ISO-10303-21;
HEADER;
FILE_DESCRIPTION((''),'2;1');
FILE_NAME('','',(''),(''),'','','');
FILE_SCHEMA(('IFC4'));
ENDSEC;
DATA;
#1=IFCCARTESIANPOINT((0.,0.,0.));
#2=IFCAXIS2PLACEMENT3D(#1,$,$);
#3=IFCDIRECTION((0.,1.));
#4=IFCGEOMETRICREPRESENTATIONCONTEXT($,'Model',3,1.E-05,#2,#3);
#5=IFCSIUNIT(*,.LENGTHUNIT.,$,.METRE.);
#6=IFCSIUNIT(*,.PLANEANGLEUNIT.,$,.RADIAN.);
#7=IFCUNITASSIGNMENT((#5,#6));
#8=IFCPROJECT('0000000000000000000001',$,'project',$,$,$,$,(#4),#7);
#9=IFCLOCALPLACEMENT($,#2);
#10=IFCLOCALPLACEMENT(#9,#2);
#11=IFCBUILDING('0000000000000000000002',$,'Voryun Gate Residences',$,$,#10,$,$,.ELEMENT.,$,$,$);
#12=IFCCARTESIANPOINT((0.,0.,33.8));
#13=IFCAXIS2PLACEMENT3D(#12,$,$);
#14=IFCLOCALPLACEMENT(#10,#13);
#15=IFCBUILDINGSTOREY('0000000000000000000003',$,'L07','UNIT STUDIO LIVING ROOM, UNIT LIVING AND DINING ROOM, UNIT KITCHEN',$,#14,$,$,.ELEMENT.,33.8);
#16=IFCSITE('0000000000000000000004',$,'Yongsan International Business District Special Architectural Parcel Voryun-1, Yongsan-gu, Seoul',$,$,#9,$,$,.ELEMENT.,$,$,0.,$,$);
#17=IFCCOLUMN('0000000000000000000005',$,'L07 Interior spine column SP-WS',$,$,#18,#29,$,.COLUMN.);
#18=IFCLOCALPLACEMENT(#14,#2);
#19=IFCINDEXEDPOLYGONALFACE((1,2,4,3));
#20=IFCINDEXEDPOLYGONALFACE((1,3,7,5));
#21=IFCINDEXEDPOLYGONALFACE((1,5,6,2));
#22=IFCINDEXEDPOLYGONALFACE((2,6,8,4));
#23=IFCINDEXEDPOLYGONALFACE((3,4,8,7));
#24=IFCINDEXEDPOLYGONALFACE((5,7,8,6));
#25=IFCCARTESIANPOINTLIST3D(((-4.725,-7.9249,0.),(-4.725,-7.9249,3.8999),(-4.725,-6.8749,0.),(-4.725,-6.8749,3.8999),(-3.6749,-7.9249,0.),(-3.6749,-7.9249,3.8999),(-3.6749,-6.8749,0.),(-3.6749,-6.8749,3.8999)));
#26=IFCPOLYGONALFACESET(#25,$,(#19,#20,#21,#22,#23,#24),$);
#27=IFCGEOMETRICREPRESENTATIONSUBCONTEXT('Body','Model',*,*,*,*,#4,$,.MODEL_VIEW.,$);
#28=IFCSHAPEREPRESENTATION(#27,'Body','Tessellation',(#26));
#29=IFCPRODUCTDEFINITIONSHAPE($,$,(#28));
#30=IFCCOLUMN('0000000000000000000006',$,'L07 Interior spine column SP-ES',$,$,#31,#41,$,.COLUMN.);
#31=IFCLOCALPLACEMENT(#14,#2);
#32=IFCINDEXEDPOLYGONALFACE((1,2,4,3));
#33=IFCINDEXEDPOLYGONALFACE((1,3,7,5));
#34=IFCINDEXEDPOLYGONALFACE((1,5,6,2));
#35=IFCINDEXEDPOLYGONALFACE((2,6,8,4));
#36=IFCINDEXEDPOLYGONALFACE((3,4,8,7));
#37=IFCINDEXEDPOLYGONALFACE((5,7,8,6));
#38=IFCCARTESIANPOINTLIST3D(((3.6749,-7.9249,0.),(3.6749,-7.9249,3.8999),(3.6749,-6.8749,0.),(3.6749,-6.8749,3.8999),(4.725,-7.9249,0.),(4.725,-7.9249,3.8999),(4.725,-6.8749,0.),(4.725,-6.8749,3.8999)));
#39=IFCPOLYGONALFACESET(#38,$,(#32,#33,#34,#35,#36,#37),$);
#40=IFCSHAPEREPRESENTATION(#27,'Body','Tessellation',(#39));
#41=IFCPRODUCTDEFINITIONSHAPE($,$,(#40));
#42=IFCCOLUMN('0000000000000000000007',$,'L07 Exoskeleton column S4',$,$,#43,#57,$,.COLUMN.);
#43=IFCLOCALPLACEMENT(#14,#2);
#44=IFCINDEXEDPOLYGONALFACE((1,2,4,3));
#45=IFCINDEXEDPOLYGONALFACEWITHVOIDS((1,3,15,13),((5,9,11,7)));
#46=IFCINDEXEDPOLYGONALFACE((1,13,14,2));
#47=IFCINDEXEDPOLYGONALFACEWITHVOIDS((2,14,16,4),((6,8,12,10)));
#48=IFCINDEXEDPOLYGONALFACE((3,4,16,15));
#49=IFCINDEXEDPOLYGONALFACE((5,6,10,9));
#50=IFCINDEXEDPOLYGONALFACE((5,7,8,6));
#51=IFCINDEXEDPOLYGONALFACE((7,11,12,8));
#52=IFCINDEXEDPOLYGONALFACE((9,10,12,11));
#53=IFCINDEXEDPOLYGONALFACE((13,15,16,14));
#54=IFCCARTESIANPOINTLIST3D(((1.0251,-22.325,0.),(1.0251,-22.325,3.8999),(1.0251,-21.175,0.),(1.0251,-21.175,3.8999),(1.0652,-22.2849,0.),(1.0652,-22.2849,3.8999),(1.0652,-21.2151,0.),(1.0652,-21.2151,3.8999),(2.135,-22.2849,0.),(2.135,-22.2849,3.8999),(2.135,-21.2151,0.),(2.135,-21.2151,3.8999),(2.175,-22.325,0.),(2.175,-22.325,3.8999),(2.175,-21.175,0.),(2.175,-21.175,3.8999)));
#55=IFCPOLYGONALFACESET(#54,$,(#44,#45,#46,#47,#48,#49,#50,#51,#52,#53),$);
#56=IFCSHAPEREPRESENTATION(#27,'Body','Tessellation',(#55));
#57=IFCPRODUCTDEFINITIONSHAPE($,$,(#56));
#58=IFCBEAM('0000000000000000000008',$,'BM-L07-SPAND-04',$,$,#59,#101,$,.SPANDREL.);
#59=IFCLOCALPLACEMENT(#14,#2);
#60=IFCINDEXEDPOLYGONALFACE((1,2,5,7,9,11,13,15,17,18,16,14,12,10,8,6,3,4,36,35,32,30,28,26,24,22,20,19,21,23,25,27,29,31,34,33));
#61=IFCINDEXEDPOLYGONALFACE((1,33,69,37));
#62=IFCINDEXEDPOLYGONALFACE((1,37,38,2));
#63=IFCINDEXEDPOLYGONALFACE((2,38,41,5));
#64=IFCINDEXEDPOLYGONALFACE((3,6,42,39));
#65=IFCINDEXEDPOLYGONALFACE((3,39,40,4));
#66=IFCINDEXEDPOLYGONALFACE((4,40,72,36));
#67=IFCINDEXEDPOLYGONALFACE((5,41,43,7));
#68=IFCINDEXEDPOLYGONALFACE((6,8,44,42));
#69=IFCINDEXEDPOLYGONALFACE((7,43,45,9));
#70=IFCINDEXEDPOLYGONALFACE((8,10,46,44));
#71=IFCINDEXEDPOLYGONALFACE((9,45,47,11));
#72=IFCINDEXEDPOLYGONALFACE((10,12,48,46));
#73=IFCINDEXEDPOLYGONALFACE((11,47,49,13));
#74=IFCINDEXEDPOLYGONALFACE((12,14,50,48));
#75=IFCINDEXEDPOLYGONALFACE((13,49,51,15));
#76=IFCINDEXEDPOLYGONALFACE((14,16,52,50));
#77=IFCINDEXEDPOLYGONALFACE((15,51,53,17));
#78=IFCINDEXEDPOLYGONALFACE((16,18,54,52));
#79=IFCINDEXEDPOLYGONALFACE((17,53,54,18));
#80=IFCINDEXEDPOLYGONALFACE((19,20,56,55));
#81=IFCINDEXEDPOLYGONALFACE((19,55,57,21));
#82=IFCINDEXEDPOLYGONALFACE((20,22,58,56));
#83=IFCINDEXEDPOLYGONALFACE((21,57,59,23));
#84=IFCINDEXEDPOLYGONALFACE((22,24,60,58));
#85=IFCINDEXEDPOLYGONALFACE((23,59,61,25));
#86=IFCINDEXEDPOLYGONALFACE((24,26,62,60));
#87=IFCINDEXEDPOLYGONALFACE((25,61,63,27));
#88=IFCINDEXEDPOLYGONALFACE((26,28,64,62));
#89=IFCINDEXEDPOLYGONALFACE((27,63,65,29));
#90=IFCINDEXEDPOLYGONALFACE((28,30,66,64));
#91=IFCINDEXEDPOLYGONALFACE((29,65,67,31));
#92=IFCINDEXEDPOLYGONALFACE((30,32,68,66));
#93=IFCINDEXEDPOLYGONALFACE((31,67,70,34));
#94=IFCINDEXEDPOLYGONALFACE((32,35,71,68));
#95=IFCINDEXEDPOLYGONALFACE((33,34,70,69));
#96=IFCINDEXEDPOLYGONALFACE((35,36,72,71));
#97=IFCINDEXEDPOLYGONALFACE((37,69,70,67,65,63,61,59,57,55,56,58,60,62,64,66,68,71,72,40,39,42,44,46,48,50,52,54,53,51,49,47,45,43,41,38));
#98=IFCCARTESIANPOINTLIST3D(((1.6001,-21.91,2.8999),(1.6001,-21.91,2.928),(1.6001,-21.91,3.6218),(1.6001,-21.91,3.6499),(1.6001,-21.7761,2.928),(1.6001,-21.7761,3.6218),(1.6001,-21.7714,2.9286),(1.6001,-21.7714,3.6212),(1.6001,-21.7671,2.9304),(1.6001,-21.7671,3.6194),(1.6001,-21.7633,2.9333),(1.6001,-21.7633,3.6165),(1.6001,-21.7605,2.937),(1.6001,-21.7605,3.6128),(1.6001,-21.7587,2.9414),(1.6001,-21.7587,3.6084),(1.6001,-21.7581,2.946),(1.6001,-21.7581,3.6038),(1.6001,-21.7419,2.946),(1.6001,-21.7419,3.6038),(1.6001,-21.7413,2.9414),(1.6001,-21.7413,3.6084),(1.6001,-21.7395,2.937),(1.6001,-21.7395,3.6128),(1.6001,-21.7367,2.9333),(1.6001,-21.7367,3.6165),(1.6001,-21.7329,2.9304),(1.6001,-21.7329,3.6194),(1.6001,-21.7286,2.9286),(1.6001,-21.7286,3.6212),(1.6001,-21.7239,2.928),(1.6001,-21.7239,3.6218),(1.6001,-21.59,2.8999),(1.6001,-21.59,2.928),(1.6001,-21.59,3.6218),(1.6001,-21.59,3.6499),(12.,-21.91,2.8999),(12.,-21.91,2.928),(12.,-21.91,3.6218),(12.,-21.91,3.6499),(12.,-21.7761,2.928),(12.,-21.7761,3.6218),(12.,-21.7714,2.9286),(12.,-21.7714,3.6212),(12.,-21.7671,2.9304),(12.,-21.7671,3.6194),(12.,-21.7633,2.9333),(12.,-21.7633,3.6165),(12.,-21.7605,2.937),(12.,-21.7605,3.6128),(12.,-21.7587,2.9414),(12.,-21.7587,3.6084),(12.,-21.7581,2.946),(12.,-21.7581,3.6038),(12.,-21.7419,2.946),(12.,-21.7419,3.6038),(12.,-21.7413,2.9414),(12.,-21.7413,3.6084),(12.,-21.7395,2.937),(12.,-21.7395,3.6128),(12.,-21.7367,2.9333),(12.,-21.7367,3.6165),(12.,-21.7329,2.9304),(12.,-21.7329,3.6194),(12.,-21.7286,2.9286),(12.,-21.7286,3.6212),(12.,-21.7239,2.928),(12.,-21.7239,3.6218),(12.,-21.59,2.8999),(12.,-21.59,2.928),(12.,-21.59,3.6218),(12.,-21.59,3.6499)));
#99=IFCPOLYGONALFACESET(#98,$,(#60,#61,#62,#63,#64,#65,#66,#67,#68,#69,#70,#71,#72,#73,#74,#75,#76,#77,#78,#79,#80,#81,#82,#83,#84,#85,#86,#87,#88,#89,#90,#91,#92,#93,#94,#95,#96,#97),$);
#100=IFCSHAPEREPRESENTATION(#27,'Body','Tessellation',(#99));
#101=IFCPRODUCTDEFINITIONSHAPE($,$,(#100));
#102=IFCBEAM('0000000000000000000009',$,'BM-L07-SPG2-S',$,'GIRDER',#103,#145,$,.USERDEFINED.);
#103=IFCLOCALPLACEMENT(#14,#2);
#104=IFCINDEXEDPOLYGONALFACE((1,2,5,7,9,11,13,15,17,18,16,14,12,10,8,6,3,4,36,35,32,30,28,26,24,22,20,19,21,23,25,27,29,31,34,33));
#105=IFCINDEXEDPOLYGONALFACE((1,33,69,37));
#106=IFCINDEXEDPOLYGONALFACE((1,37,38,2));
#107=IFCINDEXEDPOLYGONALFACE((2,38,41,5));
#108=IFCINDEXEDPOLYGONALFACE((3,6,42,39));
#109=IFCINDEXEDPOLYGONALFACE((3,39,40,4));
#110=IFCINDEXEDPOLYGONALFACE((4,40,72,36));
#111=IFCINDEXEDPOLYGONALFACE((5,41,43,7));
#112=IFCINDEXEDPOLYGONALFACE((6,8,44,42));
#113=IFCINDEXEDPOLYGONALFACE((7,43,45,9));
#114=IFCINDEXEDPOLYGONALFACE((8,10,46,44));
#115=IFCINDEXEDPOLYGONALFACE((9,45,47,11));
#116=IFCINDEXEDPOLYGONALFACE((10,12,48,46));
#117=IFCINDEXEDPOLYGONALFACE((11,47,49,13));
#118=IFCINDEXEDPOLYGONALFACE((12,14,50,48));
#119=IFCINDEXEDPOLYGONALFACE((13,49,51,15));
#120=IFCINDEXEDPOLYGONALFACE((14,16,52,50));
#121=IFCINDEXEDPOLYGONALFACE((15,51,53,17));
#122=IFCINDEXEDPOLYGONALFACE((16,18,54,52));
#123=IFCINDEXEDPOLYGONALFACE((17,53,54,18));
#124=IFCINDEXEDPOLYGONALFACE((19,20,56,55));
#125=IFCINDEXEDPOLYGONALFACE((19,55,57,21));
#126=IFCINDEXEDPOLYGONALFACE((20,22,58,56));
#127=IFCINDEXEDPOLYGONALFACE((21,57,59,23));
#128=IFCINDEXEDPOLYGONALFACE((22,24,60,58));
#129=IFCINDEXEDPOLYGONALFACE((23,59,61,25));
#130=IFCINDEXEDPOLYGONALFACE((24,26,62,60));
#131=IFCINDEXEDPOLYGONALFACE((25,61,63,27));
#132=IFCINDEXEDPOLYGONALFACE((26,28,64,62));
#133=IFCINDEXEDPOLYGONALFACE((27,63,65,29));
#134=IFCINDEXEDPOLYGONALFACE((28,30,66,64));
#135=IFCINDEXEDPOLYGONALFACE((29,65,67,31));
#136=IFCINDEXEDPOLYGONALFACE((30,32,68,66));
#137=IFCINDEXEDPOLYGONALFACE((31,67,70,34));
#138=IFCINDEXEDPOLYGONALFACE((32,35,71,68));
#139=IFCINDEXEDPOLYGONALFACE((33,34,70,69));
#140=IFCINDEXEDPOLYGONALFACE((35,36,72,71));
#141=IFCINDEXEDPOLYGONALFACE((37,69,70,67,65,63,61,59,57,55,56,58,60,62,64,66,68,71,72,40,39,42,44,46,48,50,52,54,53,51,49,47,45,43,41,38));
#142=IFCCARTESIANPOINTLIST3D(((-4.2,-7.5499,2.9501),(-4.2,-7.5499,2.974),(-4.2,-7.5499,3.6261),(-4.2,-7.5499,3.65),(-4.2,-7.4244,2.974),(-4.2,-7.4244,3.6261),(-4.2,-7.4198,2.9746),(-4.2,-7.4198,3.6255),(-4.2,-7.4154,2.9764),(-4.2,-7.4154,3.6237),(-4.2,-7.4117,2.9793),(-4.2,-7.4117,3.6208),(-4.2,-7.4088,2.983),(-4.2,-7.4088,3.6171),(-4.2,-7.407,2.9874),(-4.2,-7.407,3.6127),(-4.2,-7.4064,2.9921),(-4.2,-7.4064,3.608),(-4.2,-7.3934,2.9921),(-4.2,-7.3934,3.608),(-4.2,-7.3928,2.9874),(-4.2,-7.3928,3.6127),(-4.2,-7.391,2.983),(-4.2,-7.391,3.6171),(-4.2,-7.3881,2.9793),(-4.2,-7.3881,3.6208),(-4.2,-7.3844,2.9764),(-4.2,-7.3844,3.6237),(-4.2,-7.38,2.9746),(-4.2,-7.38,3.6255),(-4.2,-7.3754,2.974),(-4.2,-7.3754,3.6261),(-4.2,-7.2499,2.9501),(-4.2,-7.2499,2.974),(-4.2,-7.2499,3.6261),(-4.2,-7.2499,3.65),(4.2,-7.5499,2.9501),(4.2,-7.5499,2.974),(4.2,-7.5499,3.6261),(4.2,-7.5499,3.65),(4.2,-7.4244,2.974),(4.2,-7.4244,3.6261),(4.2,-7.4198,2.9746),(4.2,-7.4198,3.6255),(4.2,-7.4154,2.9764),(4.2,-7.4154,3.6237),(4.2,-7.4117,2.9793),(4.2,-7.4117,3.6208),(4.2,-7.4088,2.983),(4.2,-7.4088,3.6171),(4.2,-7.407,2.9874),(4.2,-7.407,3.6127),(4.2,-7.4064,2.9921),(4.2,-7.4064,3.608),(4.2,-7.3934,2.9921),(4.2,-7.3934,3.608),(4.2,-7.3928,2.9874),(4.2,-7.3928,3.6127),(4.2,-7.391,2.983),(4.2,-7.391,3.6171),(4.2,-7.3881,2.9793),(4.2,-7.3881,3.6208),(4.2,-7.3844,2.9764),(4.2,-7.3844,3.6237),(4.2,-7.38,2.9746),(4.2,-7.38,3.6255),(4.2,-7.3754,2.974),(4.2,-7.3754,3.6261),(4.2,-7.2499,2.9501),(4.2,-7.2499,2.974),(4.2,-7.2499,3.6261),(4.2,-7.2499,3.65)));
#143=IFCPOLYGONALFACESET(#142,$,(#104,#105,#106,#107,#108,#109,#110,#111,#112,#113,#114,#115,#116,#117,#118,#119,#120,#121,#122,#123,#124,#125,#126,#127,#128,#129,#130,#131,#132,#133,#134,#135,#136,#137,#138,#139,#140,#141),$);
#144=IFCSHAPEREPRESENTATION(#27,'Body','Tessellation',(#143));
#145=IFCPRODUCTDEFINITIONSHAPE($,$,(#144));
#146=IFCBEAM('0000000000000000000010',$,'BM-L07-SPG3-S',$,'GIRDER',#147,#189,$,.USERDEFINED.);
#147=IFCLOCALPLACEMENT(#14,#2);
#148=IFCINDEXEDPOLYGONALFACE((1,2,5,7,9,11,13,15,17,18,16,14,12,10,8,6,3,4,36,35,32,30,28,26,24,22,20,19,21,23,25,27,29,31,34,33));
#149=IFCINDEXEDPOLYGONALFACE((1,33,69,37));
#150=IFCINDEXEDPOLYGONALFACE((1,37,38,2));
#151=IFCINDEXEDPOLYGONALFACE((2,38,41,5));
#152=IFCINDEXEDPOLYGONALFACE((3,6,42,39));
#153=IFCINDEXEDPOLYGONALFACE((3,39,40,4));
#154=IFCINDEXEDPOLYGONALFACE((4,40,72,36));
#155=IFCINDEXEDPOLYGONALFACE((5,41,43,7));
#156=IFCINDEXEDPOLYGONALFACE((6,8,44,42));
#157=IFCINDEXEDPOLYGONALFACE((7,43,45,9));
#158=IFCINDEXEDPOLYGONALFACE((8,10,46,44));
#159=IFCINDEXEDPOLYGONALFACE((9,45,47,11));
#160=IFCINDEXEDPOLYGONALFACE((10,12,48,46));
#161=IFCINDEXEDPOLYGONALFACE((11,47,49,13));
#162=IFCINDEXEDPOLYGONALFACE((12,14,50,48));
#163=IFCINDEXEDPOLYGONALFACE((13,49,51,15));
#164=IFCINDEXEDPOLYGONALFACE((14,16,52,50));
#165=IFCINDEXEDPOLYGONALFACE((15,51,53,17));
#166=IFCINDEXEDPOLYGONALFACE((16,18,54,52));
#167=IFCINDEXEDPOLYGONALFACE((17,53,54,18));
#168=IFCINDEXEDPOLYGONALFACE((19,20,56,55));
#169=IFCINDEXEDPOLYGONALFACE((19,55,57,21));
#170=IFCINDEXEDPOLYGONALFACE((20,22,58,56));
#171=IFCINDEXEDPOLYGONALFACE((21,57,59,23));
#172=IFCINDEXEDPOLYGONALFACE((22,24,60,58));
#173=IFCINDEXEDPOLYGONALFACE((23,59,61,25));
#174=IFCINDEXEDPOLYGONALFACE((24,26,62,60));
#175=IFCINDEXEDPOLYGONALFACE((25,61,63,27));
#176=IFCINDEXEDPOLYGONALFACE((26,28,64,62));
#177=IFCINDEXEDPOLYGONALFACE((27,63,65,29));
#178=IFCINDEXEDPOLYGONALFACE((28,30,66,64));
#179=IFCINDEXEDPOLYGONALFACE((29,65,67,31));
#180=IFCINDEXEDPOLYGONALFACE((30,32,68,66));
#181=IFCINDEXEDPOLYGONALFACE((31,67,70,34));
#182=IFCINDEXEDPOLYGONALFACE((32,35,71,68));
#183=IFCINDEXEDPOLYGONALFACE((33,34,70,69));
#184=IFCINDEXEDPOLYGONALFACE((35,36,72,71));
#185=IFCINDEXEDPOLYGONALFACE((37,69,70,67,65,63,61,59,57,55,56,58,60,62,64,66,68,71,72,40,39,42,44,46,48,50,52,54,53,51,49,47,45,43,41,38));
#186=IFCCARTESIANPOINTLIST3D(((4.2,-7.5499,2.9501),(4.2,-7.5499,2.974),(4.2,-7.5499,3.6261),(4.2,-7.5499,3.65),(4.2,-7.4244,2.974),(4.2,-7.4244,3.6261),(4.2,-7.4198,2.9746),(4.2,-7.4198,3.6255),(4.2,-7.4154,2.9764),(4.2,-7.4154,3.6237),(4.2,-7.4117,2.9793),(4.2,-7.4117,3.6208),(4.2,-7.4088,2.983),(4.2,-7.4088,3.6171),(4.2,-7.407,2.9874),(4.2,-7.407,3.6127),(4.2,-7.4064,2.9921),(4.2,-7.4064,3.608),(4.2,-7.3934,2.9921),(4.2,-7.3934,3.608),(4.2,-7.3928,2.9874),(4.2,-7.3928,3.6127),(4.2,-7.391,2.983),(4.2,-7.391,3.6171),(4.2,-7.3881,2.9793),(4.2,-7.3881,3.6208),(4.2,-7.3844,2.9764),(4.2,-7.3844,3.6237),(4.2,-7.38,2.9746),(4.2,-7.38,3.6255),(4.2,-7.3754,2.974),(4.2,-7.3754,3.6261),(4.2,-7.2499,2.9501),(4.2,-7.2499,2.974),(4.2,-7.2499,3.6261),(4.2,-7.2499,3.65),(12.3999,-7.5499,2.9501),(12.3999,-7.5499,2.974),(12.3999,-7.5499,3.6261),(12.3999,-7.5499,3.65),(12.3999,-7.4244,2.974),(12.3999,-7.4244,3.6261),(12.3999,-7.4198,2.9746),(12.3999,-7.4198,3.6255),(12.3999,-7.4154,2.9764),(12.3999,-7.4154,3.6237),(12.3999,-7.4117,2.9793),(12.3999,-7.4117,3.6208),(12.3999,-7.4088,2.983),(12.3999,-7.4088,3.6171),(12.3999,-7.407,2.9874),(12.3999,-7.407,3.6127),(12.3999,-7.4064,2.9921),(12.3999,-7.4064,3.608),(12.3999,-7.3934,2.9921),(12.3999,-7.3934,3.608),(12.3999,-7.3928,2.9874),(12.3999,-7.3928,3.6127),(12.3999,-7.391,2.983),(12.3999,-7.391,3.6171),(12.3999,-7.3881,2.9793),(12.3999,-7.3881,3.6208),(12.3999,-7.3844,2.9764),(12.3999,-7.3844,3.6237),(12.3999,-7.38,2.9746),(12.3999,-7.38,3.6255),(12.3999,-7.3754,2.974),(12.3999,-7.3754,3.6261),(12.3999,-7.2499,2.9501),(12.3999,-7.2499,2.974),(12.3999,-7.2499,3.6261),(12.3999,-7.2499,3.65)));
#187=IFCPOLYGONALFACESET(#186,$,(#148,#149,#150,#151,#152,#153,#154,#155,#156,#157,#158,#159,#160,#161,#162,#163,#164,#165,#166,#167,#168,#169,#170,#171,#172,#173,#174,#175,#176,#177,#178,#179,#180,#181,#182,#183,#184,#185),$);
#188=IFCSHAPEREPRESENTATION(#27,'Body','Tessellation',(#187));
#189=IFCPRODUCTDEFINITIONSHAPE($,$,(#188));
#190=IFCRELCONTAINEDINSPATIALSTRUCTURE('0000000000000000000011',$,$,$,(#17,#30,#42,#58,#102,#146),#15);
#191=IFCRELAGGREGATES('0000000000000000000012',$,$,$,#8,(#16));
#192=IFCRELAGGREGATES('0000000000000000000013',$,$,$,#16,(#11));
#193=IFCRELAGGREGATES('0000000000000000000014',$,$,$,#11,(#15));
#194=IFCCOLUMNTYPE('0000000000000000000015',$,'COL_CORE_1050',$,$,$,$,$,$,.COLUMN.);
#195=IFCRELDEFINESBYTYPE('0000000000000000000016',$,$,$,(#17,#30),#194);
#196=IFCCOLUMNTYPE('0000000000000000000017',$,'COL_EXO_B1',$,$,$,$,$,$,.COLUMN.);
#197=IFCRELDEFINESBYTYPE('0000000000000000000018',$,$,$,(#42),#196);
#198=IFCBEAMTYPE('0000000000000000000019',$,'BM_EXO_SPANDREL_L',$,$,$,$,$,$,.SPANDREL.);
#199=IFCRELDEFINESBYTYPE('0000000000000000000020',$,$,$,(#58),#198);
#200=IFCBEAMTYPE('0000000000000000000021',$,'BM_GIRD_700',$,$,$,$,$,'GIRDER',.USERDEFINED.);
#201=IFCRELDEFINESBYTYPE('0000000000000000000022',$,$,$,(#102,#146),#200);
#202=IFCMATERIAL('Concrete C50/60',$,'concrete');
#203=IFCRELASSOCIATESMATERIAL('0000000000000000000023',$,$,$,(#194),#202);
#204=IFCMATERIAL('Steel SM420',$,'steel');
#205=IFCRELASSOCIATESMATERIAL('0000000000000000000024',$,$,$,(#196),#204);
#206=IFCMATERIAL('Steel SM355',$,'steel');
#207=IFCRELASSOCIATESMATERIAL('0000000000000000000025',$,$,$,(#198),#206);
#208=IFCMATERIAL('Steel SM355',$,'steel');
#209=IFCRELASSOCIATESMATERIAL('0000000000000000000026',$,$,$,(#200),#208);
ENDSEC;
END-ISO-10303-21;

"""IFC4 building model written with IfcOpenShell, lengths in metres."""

from ifc_helpers import new_model, si_unit, direction, frame, origin, origin_2d, place, context, subcontext, project, spatial, rectangle, hollow_rectangle, i_section, extrude, material, material_profile, profile_set, type_object, element, save


model = new_model("IFC4")

# Units and contexts
model_context = context("Model", 3, precision=1e-05, world=origin(), true_north=direction((0.0, 1.0)))
body_context = subcontext(model_context, "Body", "Model", "MODEL_VIEW")
ifc_project = project(units=[si_unit("LENGTHUNIT", "METRE"), si_unit("PLANEANGLEUNIT", "RADIAN")], contexts=[model_context])

# Site, building, storey
site_placement = place(None, origin())
site = spatial("IfcSite", under=ifc_project, at=site_placement, Name="Yongsan International Business District Special Architectural Parcel Voryun-1, Yongsan-gu, Seoul", CompositionType="ELEMENT", RefElevation=0.0)
building_placement = place(site_placement, origin())
building = spatial("IfcBuilding", under=site, at=building_placement, Name="Voryun Gate Residences", CompositionType="ELEMENT")
storey_placement = place(building_placement, frame((0.0, 0.0, 33.8)))
storey = spatial("IfcBuildingStorey", under=building, at=storey_placement, Name="L07", Description="UNIT STUDIO LIVING ROOM, UNIT LIVING AND DINING ROOM, UNIT KITCHEN", CompositionType="ELEMENT", Elevation=33.8)

# Columns
ifc_material_1 = material(Name="Concrete C50/60", Category="concrete")
ifc_material_profile_1 = material_profile(ifc_material_1, rectangle(XDim=1.05, YDim=1.05, at=origin_2d()), Name="RC-1050x1050")
ifc_profile_set_1 = profile_set([ifc_material_profile_1], Name="Concrete C50/60")
column_type_1 = type_object("IfcColumnType", Name="COL_CORE_1050", PredefinedType="COLUMN", material=ifc_profile_set_1)
for number, where, z_axis, x_axis, name in (
    (1, (-4.2, -7.3999, 0.0), (0.0, 0.0, 1.0), (1.0, 0.0, 0.0), "L07 Interior spine column SP-WS"),
    (2, (4.2, -7.3999, 0.0), (0.0, 0.0, 1.0), (1.0, 0.0, 0.0), "L07 Interior spine column SP-ES"),
):
    element("IfcColumn", number, at=place(storey_placement, frame(where, z_axis=z_axis, x_axis=x_axis)), inside=storey, type_object=column_type_1, Name=name, PredefinedType="COLUMN", context=body_context, shape_type="SweptSolid", body=[
        extrude(rectangle(XDim=1.05, YDim=1.05, at=origin_2d()), origin(), (0.0, 0.0, 1.0), 3.8999),
    ])
ifc_material_2 = material(Name="Steel SM420", Category="steel")
ifc_material_profile_2 = material_profile(ifc_material_2, hollow_rectangle(XDim=1.1499, YDim=1.1499, WallThickness=0.04, at=origin_2d()), Name="BOX-1150x1150x40")
ifc_profile_set_2 = profile_set([ifc_material_profile_2], Name="Steel SM420")
column_type_2 = type_object("IfcColumnType", Name="COL_EXO_B1", PredefinedType="COLUMN", material=ifc_profile_set_2)
column_placement = place(storey_placement, frame((1.6001, -21.75, 0.0), z_axis=(0.0, 0.0, 1.0), x_axis=(1.0, 0.0, 0.0)))
element("IfcColumn", 3, at=column_placement, inside=storey, type_object=column_type_2, Name="L07 Exoskeleton column S4", PredefinedType="COLUMN", context=body_context, shape_type="SweptSolid", body=[
    extrude(hollow_rectangle(XDim=1.1499, YDim=1.1499, WallThickness=0.04, at=origin_2d()), origin(), (0.0, 0.0, 1.0), 3.8999),
])

# Beams
ifc_material_3 = material(Name="Steel SM355", Category="steel")
ifc_material_profile_3 = material_profile(ifc_material_3, i_section(OverallWidth=0.3201, OverallDepth=0.75, WebThickness=0.0161, FlangeThickness=0.0281, FilletRadius=0.0181, at=origin_2d()), Name="H-750x320x16x28")
ifc_profile_set_3 = profile_set([ifc_material_profile_3], Name="Steel SM355")
beam_type_1 = type_object("IfcBeamType", Name="BM_EXO_SPANDREL_L", PredefinedType="SPANDREL", material=ifc_profile_set_3)
beam_1_placement = place(storey_placement, frame((1.6001, -21.75, 3.2749), z_axis=(1.0, 0.0, 0.0), x_axis=(0.0, 1.0, 0.0)))
element("IfcBeam", 4, at=beam_1_placement, inside=storey, type_object=beam_type_1, Name="BM-L07-SPAND-04", PredefinedType="SPANDREL", context=body_context, shape_type="SweptSolid", body=[
    extrude(i_section(OverallWidth=0.3201, OverallDepth=0.75, WebThickness=0.0161, FlangeThickness=0.0281, FilletRadius=0.0181, at=origin_2d()), origin(), (0.0, 0.0, 1.0), 10.3999),
])
ifc_material_4 = material(Name="Steel SM355", Category="steel")
ifc_material_profile_4 = material_profile(ifc_material_4, i_section(OverallWidth=0.3, OverallDepth=0.7, WebThickness=0.0129, FlangeThickness=0.0239, FilletRadius=0.0181, at=origin_2d()), Name="H-700x300x13x24")
ifc_profile_set_4 = profile_set([ifc_material_profile_4], Name="Steel SM355")
beam_type_2 = type_object("IfcBeamType", Name="BM_GIRD_700", ElementType="GIRDER", PredefinedType="USERDEFINED", material=ifc_profile_set_4)
beam_2_placement = place(storey_placement, frame((-4.2, -7.3999, 3.3), z_axis=(1.0, 0.0, 0.0), x_axis=(0.0, 1.0, 0.0)))
element("IfcBeam", 5, at=beam_2_placement, inside=storey, type_object=beam_type_2, Name="BM-L07-SPG2-S", ObjectType="GIRDER", PredefinedType="USERDEFINED", context=body_context, shape_type="SweptSolid", body=[
    extrude(i_section(OverallWidth=0.3, OverallDepth=0.7, WebThickness=0.0129, FlangeThickness=0.0239, FilletRadius=0.0181, at=origin_2d()), origin(), (0.0, 0.0, 1.0), 8.3999),
])
beam_3_placement = place(storey_placement, frame((4.2, -7.3999, 3.3), z_axis=(1.0, 0.0, 0.0), x_axis=(0.0, 1.0, 0.0)))
element("IfcBeam", 6, at=beam_3_placement, inside=storey, type_object=beam_type_2, Name="BM-L07-SPG3-S", ObjectType="GIRDER", PredefinedType="USERDEFINED", context=body_context, shape_type="SweptSolid", body=[
    extrude(i_section(OverallWidth=0.3, OverallDepth=0.7, WebThickness=0.0129, FlangeThickness=0.0239, FilletRadius=0.0181, at=origin_2d()), origin(), (0.0, 0.0, 1.0), 8.2),
])

save(model, "model.ifc")
